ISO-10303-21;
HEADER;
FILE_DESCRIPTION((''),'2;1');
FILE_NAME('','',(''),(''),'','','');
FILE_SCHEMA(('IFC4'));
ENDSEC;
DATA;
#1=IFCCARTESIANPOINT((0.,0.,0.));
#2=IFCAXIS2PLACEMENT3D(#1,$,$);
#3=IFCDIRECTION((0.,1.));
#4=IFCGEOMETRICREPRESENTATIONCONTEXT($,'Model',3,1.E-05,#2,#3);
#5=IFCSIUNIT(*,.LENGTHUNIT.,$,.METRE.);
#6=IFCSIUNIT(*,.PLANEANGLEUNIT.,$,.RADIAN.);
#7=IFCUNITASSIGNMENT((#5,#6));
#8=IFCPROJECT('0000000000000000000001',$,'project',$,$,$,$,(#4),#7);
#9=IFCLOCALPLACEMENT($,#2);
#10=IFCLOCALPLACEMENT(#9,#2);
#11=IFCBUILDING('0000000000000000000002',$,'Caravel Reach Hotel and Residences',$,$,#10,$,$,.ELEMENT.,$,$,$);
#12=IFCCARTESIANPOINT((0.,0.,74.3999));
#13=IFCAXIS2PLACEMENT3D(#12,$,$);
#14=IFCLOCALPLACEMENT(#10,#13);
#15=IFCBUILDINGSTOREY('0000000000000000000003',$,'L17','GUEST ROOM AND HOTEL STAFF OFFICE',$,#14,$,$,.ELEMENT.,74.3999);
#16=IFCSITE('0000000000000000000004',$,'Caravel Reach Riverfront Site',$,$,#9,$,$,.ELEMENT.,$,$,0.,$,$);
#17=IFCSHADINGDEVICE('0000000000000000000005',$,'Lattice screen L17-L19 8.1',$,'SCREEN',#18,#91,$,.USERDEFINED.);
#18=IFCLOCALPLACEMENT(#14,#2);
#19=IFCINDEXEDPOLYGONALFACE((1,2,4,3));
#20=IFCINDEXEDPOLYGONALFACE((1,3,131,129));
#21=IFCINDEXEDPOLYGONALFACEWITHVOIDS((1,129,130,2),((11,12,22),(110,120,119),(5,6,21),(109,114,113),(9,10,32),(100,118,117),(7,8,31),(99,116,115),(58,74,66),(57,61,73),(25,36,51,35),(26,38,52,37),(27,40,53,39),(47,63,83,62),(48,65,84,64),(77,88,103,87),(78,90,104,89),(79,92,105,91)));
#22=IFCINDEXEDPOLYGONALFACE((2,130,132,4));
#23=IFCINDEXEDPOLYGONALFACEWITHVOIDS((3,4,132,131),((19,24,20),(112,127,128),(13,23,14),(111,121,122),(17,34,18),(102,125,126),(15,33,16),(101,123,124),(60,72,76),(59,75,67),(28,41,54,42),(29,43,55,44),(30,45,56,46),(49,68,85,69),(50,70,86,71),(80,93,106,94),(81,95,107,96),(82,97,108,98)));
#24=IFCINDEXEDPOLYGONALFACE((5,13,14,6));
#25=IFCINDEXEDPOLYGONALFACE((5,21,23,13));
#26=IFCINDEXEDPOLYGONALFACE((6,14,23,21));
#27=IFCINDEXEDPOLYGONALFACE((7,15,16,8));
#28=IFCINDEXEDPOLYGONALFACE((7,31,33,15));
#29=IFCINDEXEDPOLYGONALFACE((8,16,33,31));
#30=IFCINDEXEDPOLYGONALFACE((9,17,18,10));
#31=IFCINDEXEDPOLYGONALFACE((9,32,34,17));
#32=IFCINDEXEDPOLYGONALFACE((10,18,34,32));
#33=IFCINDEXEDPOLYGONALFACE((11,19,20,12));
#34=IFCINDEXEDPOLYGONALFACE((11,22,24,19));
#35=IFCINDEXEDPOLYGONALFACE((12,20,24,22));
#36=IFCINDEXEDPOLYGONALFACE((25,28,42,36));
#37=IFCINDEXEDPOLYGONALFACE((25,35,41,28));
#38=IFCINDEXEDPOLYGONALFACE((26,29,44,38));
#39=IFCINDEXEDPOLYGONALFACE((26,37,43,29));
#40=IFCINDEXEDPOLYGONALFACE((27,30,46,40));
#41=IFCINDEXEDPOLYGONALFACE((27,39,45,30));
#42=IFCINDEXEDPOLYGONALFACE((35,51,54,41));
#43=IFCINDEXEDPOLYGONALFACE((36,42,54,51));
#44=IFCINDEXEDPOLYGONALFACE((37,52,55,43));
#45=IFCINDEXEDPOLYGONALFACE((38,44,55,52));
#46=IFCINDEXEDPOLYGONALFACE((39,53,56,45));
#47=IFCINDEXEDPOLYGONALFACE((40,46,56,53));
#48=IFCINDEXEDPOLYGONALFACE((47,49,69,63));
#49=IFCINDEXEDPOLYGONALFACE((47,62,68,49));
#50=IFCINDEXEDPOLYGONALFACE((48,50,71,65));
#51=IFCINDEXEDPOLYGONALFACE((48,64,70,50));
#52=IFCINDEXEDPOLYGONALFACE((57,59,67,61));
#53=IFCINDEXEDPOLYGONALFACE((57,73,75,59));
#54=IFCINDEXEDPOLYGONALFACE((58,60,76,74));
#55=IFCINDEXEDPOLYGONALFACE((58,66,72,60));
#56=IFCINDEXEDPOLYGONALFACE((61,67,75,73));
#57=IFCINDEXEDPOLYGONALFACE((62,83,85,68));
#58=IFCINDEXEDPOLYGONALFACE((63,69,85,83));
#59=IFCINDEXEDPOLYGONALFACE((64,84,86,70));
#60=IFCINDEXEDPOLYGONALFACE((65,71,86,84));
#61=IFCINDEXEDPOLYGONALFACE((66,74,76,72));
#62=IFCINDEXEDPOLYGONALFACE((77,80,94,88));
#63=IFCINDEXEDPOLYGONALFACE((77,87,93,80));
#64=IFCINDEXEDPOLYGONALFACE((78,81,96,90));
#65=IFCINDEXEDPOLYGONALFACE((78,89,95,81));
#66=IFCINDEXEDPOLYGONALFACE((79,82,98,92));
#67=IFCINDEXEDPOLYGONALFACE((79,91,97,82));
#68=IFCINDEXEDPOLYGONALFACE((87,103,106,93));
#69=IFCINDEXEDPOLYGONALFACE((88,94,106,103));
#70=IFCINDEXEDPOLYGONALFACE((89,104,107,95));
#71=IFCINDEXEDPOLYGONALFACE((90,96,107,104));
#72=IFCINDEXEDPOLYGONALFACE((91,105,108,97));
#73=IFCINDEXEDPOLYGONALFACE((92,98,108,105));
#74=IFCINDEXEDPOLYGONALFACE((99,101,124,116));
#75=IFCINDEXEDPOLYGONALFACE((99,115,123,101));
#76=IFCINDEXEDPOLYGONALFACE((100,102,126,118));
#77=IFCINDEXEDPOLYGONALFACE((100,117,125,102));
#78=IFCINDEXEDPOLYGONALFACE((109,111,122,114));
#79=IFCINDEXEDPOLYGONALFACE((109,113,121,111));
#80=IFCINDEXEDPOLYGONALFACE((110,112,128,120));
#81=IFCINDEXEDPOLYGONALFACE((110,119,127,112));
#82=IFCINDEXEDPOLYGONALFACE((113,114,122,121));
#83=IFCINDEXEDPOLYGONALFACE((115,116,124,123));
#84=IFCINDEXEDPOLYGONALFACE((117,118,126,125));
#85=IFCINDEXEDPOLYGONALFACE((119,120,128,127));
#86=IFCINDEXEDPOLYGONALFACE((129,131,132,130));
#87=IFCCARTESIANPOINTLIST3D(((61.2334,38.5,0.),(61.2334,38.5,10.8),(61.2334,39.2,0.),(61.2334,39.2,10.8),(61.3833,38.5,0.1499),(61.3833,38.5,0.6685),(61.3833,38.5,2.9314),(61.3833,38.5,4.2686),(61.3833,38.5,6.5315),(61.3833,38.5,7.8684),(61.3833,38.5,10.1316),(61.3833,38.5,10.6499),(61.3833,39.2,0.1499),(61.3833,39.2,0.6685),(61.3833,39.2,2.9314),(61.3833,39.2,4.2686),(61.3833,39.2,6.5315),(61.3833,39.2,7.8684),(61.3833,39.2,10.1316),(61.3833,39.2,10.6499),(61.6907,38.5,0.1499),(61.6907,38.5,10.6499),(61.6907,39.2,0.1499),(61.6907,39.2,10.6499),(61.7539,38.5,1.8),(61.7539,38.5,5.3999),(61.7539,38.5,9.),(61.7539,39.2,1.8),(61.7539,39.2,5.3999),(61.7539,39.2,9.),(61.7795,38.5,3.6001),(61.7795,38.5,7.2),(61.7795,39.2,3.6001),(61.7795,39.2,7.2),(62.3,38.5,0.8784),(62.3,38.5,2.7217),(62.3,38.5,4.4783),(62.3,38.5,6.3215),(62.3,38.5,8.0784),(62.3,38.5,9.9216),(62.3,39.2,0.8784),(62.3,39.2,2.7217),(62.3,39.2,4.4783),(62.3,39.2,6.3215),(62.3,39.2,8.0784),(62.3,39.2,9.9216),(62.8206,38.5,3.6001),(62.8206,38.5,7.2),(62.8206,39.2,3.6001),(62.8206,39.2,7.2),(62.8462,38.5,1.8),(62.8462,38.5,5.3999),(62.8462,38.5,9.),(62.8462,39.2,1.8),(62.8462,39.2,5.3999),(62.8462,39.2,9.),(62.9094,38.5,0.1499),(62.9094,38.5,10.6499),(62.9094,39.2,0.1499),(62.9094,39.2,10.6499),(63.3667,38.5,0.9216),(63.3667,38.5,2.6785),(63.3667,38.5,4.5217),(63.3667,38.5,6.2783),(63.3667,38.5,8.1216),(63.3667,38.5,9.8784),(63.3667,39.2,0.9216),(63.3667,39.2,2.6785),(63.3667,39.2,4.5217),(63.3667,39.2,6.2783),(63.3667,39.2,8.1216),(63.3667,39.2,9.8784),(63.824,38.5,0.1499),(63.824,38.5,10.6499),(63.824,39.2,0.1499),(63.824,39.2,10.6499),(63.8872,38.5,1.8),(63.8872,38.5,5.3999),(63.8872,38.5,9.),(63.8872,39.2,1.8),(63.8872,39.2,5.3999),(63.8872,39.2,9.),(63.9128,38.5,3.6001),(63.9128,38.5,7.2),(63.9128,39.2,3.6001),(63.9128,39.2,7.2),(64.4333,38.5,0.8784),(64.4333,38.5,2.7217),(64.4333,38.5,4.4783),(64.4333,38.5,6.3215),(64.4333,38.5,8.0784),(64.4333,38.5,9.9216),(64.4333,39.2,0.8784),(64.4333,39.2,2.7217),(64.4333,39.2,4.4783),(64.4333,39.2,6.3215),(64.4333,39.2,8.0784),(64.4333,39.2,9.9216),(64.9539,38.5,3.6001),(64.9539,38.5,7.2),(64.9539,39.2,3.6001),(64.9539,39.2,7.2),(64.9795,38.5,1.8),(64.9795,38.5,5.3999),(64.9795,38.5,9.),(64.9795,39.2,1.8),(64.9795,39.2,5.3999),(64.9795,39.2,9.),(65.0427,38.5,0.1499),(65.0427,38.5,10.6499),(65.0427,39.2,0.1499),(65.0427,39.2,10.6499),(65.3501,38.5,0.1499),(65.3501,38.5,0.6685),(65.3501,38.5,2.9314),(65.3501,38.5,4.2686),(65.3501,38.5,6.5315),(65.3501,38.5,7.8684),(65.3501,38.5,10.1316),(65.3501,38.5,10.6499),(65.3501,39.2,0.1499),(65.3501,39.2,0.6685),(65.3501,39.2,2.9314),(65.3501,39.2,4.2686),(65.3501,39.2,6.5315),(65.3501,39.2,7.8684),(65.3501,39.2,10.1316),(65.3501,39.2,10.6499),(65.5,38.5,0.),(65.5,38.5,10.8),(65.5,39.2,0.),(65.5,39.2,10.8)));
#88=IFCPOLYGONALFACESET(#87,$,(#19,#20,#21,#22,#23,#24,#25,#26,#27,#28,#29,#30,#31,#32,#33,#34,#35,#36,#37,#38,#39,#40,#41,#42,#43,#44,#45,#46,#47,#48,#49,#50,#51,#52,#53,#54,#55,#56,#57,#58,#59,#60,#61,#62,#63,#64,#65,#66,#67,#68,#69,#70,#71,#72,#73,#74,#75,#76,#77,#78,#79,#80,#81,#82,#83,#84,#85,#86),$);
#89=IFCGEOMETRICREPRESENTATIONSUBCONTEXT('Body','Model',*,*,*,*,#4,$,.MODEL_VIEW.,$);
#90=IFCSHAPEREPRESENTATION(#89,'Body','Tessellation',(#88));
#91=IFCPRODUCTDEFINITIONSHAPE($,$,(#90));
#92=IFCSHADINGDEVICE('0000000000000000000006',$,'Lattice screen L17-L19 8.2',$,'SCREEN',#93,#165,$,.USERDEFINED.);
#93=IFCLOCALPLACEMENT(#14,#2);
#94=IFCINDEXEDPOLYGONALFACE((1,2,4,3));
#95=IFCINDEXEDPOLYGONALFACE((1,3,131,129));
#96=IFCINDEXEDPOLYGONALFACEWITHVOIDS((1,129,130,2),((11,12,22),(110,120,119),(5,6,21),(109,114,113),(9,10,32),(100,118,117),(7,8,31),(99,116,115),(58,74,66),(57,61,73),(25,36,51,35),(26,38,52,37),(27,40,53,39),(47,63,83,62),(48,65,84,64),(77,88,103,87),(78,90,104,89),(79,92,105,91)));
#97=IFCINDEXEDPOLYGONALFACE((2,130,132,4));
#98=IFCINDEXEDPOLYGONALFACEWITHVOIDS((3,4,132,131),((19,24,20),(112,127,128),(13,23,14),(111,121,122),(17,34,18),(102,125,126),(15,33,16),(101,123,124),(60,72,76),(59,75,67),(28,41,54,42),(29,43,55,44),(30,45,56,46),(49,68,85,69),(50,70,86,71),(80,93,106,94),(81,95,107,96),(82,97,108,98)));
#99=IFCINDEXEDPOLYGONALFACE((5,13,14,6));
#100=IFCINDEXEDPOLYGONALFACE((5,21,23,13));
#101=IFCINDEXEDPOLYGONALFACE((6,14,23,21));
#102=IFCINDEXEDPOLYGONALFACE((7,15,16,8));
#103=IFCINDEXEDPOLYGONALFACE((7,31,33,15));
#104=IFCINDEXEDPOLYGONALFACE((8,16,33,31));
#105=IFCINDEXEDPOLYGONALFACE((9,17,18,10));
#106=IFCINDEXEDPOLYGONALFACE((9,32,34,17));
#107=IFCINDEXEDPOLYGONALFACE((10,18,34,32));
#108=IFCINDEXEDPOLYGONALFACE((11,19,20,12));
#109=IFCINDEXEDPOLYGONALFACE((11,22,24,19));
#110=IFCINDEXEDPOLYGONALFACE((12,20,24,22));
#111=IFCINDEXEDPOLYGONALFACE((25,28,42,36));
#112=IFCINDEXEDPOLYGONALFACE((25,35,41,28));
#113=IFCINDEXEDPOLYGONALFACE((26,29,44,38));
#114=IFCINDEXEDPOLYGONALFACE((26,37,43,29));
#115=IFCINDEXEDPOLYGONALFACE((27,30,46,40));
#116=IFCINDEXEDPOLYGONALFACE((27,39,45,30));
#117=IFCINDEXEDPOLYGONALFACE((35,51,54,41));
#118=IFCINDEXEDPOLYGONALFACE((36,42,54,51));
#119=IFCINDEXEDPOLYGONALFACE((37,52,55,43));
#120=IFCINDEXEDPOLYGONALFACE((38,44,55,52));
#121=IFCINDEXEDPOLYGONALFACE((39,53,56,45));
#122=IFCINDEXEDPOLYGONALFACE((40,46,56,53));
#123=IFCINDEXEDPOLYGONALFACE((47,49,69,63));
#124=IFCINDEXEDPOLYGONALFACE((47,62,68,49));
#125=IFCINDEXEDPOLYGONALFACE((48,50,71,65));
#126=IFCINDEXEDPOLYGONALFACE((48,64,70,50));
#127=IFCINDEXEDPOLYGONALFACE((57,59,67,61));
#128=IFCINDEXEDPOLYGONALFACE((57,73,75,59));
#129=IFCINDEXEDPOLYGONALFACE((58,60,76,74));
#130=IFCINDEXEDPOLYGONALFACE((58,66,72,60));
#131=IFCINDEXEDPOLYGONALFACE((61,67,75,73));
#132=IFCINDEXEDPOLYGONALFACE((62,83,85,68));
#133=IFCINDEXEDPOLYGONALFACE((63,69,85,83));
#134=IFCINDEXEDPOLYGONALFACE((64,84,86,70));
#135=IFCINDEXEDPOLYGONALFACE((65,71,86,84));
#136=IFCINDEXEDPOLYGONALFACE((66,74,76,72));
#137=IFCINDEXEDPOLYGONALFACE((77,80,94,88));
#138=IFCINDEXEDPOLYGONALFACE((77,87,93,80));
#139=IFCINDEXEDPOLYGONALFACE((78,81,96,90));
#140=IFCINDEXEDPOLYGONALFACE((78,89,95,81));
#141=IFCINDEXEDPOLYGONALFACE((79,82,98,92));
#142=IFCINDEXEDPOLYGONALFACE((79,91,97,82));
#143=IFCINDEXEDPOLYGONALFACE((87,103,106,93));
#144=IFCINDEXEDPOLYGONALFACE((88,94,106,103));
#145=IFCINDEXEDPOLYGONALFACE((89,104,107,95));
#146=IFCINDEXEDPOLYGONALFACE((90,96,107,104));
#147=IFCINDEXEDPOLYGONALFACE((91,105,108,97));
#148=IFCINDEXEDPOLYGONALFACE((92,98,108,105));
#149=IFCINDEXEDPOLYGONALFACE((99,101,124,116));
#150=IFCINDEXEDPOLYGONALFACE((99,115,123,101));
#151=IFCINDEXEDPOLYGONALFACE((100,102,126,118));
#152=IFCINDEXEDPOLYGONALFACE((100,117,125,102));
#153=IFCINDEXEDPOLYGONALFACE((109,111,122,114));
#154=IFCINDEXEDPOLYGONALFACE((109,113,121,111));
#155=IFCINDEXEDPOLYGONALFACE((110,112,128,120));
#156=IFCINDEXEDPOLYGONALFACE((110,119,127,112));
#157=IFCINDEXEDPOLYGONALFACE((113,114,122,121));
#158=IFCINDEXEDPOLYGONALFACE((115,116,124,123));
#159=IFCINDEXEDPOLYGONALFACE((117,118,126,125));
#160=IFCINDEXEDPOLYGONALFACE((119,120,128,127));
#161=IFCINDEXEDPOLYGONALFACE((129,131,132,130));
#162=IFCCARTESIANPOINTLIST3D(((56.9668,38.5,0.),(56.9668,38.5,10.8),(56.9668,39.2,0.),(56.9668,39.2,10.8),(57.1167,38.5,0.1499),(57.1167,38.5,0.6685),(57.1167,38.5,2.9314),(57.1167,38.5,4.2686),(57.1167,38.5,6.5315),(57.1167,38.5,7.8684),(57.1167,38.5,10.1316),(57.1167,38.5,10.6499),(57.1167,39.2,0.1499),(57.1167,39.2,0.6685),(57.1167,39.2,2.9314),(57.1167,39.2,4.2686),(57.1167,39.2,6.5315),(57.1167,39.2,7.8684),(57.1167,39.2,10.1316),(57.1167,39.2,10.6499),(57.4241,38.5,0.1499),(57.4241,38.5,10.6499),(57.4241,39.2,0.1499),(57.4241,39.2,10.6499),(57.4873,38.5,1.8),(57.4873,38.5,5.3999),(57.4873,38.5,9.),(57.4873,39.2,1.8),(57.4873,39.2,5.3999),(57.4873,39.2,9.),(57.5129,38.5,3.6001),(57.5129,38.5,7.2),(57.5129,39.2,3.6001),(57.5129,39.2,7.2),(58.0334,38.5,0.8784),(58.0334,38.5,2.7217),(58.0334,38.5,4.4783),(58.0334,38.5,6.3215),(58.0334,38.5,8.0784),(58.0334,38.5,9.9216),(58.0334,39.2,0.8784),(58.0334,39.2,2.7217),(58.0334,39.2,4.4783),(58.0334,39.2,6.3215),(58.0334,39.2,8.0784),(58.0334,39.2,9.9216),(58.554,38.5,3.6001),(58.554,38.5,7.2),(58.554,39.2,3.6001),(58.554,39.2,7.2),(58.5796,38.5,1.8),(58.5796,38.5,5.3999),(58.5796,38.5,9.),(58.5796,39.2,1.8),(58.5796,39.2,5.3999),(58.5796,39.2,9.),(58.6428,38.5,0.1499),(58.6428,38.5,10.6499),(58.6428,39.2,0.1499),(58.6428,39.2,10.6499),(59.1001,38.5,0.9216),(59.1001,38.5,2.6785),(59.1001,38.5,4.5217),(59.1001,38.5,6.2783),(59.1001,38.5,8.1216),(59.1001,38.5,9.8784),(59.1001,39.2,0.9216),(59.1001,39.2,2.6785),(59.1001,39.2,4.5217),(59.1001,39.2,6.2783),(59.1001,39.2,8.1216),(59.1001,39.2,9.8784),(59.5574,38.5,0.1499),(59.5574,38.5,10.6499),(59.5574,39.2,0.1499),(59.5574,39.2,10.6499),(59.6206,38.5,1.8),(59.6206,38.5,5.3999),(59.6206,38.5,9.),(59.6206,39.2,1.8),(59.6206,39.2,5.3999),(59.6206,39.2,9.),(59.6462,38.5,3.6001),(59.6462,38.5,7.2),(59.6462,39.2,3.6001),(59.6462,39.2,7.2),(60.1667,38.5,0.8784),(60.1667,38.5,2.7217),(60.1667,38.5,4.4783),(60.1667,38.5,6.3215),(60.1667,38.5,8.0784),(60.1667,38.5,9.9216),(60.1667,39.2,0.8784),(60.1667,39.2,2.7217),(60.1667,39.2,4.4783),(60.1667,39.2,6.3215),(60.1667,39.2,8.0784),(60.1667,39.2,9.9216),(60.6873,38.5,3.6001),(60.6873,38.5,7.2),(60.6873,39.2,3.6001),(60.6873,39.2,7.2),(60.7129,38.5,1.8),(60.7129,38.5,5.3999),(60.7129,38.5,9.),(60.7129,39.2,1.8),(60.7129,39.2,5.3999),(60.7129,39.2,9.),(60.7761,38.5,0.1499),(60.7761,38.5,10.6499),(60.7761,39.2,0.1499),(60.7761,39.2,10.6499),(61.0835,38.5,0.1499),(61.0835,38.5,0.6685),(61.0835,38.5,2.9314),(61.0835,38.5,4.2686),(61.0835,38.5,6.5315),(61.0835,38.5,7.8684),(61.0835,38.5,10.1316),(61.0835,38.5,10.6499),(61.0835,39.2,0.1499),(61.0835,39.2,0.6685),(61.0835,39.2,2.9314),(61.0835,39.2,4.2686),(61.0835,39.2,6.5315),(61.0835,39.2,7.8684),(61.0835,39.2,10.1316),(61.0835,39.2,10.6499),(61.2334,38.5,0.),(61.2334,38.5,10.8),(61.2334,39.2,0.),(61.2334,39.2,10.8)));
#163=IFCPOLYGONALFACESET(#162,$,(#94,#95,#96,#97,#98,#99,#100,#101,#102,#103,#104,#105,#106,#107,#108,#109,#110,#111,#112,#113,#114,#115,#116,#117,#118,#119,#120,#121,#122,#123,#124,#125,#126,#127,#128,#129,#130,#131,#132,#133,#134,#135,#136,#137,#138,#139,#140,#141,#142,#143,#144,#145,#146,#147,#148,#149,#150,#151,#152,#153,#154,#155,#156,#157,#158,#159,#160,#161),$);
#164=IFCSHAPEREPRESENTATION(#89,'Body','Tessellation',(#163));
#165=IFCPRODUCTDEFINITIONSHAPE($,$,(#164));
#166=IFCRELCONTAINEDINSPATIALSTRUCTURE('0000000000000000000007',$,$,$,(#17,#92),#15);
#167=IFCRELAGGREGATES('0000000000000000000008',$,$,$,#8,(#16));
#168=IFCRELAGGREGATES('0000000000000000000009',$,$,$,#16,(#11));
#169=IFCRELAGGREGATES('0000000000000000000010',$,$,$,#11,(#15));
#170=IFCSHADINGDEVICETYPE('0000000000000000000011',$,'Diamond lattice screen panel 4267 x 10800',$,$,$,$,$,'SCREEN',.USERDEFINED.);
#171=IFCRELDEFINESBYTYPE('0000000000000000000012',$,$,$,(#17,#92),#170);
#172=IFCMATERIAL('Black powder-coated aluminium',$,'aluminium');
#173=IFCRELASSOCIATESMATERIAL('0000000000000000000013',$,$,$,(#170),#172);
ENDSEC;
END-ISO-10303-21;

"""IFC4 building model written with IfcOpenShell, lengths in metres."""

from ifc_helpers import new_model, si_unit, direction, frame, origin, place, context, subcontext, project, spatial, polyline, outline, extrude, material, type_object, element, save


model = new_model("IFC4")

# Units and contexts
model_context = context("Model", 3, precision=1e-05, world=origin(), true_north=direction((0.0, 1.0)))
body_context = subcontext(model_context, "Body", "Model", "MODEL_VIEW")
ifc_project = project(units=[si_unit("LENGTHUNIT", "METRE"), si_unit("PLANEANGLEUNIT", "RADIAN")], contexts=[model_context])

# Site, building, storey
site_placement = place(None, origin())
site = spatial("IfcSite", under=ifc_project, at=site_placement, Name="Caravel Reach Riverfront Site", CompositionType="ELEMENT", RefElevation=0.0)
building_placement = place(site_placement, origin())
building = spatial("IfcBuilding", under=site, at=building_placement, Name="Caravel Reach Hotel and Residences", CompositionType="ELEMENT")
storey_placement = place(building_placement, frame((0.0, 0.0, 74.3999)))
storey = spatial("IfcBuildingStorey", under=building, at=storey_placement, Name="L17", Description="GUEST ROOM AND HOTEL STAFF OFFICE", CompositionType="ELEMENT", Elevation=74.3999)

# Shading devices
ifc_material_1 = material(Name="Black powder-coated aluminium", Category="aluminium")
shading_device_type = type_object("IfcShadingDeviceType", Name="Diamond lattice screen panel 4267 x 10800", ElementType="SCREEN", PredefinedType="USERDEFINED", material=ifc_material_1)
shading_device_1_placement = place(storey_placement, frame((65.5, 38.5, 0.0), z_axis=(0.0, 1.0, 0.0), x_axis=(-1.0, 0.0, 0.0)))
element("IfcShadingDevice", 1, at=shading_device_1_placement, inside=storey, type_object=shading_device_type, Name="Lattice screen L17-L19 8.1", ObjectType="SCREEN", PredefinedType="USERDEFINED", context=body_context, shape_type="SweptSolid", body=[
    extrude(outline(polyline([(0.0, 0.0), (4.2666, 0.0), (4.2666, 10.8), (0.0, 10.8), (0.0, 0.0)]), holes=[polyline([(0.4573, 0.1499), (0.1499, 0.6685), (0.1499, 0.1499), (0.4573, 0.1499)]), polyline([(0.5461, 3.6001), (0.1499, 4.2686), (0.1499, 2.9314), (0.5461, 3.6001)]), polyline([(0.5461, 7.2), (0.1499, 7.8684), (0.1499, 6.5315), (0.5461, 7.2)]), polyline([(0.1499, 10.1316), (0.4573, 10.6499), (0.1499, 10.6499), (0.1499, 10.1316)]), polyline([(1.0667, 2.7217), (0.5205, 1.8), (1.0667, 0.8784), (1.6128, 1.8), (1.0667, 2.7217)]), polyline([(1.0667, 6.3215), (0.5205, 5.3999), (1.0667, 4.4783), (1.6128, 5.3999), (1.0667, 6.3215)]), polyline([(1.0667, 9.9216), (0.5205, 9.0), (1.0667, 8.0784), (1.6128, 9.0), (1.0667, 9.9216)]), polyline([(2.1333, 0.9216), (1.676, 0.1499), (2.5906, 0.1499), (2.1333, 0.9216)]), polyline([(2.1333, 4.5217), (1.5872, 3.6001), (2.1333, 2.6785), (2.6794, 3.6001), (2.1333, 4.5217)]), polyline([(2.1333, 8.1216), (1.5872, 7.2), (2.1333, 6.2783), (2.6794, 7.2), (2.1333, 8.1216)]), polyline([(2.1333, 9.8784), (2.5906, 10.6499), (1.676, 10.6499), (2.1333, 9.8784)]), polyline([(3.2, 2.7217), (2.6538, 1.8), (3.2, 0.8784), (3.7461, 1.8), (3.2, 2.7217)]), polyline([(3.2, 6.3215), (2.6538, 5.3999), (3.2, 4.4783), (3.7461, 5.3999), (3.2, 6.3215)]), polyline([(3.2, 9.9216), (2.6538, 9.0), (3.2, 8.0784), (3.7461, 9.0), (3.2, 9.9216)]), polyline([(4.1167, 0.6685), (3.8093, 0.1499), (4.1167, 0.1499), (4.1167, 0.6685)]), polyline([(3.7205, 3.6001), (4.1167, 2.9314), (4.1167, 4.2686), (3.7205, 3.6001)]), polyline([(3.7205, 7.2), (4.1167, 6.5315), (4.1167, 7.8684), (3.7205, 7.2)]), polyline([(3.8093, 10.6499), (4.1167, 10.1316), (4.1167, 10.6499), (3.8093, 10.6499)])]), origin(), (0.0, 0.0, 1.0), 0.7),
])
shading_device_2_placement = place(storey_placement, frame((61.2334, 38.5, 0.0), z_axis=(0.0, 1.0, 0.0), x_axis=(-1.0, 0.0, 0.0)))
element("IfcShadingDevice", 2, at=shading_device_2_placement, inside=storey, type_object=shading_device_type, Name="Lattice screen L17-L19 8.2", ObjectType="SCREEN", PredefinedType="USERDEFINED", context=body_context, shape_type="SweptSolid", body=[
    extrude(outline(polyline([(0.0, 0.0), (4.2666, 0.0), (4.2666, 10.8), (0.0, 10.8), (0.0, 0.0)]), holes=[polyline([(0.4573, 0.1499), (0.1499, 0.6685), (0.1499, 0.1499), (0.4573, 0.1499)]), polyline([(0.5461, 3.6001), (0.1499, 4.2686), (0.1499, 2.9314), (0.5461, 3.6001)]), polyline([(0.5461, 7.2), (0.1499, 7.8684), (0.1499, 6.5315), (0.5461, 7.2)]), polyline([(0.1499, 10.1316), (0.4573, 10.6499), (0.1499, 10.6499), (0.1499, 10.1316)]), polyline([(1.0667, 2.7217), (0.5205, 1.8), (1.0667, 0.8784), (1.6128, 1.8), (1.0667, 2.7217)]), polyline([(1.0667, 6.3215), (0.5205, 5.3999), (1.0667, 4.4783), (1.6128, 5.3999), (1.0667, 6.3215)]), polyline([(1.0667, 9.9216), (0.5205, 9.0), (1.0667, 8.0784), (1.6128, 9.0), (1.0667, 9.9216)]), polyline([(2.1333, 0.9216), (1.676, 0.1499), (2.5906, 0.1499), (2.1333, 0.9216)]), polyline([(2.1333, 4.5217), (1.5872, 3.6001), (2.1333, 2.6785), (2.6794, 3.6001), (2.1333, 4.5217)]), polyline([(2.1333, 8.1216), (1.5872, 7.2), (2.1333, 6.2783), (2.6794, 7.2), (2.1333, 8.1216)]), polyline([(2.1333, 9.8784), (2.5906, 10.6499), (1.676, 10.6499), (2.1333, 9.8784)]), polyline([(3.2, 2.7217), (2.6538, 1.8), (3.2, 0.8784), (3.7461, 1.8), (3.2, 2.7217)]), polyline([(3.2, 6.3215), (2.6538, 5.3999), (3.2, 4.4783), (3.7461, 5.3999), (3.2, 6.3215)]), polyline([(3.2, 9.9216), (2.6538, 9.0), (3.2, 8.0784), (3.7461, 9.0), (3.2, 9.9216)]), polyline([(4.1167, 0.6685), (3.8093, 0.1499), (4.1167, 0.1499), (4.1167, 0.6685)]), polyline([(3.7205, 3.6001), (4.1167, 2.9314), (4.1167, 4.2686), (3.7205, 3.6001)]), polyline([(3.7205, 7.2), (4.1167, 6.5315), (4.1167, 7.8684), (3.7205, 7.2)]), polyline([(3.8093, 10.6499), (4.1167, 10.1316), (4.1167, 10.6499), (3.8093, 10.6499)])]), origin(), (0.0, 0.0, 1.0), 0.7),
])

save(model, "model.ifc")
